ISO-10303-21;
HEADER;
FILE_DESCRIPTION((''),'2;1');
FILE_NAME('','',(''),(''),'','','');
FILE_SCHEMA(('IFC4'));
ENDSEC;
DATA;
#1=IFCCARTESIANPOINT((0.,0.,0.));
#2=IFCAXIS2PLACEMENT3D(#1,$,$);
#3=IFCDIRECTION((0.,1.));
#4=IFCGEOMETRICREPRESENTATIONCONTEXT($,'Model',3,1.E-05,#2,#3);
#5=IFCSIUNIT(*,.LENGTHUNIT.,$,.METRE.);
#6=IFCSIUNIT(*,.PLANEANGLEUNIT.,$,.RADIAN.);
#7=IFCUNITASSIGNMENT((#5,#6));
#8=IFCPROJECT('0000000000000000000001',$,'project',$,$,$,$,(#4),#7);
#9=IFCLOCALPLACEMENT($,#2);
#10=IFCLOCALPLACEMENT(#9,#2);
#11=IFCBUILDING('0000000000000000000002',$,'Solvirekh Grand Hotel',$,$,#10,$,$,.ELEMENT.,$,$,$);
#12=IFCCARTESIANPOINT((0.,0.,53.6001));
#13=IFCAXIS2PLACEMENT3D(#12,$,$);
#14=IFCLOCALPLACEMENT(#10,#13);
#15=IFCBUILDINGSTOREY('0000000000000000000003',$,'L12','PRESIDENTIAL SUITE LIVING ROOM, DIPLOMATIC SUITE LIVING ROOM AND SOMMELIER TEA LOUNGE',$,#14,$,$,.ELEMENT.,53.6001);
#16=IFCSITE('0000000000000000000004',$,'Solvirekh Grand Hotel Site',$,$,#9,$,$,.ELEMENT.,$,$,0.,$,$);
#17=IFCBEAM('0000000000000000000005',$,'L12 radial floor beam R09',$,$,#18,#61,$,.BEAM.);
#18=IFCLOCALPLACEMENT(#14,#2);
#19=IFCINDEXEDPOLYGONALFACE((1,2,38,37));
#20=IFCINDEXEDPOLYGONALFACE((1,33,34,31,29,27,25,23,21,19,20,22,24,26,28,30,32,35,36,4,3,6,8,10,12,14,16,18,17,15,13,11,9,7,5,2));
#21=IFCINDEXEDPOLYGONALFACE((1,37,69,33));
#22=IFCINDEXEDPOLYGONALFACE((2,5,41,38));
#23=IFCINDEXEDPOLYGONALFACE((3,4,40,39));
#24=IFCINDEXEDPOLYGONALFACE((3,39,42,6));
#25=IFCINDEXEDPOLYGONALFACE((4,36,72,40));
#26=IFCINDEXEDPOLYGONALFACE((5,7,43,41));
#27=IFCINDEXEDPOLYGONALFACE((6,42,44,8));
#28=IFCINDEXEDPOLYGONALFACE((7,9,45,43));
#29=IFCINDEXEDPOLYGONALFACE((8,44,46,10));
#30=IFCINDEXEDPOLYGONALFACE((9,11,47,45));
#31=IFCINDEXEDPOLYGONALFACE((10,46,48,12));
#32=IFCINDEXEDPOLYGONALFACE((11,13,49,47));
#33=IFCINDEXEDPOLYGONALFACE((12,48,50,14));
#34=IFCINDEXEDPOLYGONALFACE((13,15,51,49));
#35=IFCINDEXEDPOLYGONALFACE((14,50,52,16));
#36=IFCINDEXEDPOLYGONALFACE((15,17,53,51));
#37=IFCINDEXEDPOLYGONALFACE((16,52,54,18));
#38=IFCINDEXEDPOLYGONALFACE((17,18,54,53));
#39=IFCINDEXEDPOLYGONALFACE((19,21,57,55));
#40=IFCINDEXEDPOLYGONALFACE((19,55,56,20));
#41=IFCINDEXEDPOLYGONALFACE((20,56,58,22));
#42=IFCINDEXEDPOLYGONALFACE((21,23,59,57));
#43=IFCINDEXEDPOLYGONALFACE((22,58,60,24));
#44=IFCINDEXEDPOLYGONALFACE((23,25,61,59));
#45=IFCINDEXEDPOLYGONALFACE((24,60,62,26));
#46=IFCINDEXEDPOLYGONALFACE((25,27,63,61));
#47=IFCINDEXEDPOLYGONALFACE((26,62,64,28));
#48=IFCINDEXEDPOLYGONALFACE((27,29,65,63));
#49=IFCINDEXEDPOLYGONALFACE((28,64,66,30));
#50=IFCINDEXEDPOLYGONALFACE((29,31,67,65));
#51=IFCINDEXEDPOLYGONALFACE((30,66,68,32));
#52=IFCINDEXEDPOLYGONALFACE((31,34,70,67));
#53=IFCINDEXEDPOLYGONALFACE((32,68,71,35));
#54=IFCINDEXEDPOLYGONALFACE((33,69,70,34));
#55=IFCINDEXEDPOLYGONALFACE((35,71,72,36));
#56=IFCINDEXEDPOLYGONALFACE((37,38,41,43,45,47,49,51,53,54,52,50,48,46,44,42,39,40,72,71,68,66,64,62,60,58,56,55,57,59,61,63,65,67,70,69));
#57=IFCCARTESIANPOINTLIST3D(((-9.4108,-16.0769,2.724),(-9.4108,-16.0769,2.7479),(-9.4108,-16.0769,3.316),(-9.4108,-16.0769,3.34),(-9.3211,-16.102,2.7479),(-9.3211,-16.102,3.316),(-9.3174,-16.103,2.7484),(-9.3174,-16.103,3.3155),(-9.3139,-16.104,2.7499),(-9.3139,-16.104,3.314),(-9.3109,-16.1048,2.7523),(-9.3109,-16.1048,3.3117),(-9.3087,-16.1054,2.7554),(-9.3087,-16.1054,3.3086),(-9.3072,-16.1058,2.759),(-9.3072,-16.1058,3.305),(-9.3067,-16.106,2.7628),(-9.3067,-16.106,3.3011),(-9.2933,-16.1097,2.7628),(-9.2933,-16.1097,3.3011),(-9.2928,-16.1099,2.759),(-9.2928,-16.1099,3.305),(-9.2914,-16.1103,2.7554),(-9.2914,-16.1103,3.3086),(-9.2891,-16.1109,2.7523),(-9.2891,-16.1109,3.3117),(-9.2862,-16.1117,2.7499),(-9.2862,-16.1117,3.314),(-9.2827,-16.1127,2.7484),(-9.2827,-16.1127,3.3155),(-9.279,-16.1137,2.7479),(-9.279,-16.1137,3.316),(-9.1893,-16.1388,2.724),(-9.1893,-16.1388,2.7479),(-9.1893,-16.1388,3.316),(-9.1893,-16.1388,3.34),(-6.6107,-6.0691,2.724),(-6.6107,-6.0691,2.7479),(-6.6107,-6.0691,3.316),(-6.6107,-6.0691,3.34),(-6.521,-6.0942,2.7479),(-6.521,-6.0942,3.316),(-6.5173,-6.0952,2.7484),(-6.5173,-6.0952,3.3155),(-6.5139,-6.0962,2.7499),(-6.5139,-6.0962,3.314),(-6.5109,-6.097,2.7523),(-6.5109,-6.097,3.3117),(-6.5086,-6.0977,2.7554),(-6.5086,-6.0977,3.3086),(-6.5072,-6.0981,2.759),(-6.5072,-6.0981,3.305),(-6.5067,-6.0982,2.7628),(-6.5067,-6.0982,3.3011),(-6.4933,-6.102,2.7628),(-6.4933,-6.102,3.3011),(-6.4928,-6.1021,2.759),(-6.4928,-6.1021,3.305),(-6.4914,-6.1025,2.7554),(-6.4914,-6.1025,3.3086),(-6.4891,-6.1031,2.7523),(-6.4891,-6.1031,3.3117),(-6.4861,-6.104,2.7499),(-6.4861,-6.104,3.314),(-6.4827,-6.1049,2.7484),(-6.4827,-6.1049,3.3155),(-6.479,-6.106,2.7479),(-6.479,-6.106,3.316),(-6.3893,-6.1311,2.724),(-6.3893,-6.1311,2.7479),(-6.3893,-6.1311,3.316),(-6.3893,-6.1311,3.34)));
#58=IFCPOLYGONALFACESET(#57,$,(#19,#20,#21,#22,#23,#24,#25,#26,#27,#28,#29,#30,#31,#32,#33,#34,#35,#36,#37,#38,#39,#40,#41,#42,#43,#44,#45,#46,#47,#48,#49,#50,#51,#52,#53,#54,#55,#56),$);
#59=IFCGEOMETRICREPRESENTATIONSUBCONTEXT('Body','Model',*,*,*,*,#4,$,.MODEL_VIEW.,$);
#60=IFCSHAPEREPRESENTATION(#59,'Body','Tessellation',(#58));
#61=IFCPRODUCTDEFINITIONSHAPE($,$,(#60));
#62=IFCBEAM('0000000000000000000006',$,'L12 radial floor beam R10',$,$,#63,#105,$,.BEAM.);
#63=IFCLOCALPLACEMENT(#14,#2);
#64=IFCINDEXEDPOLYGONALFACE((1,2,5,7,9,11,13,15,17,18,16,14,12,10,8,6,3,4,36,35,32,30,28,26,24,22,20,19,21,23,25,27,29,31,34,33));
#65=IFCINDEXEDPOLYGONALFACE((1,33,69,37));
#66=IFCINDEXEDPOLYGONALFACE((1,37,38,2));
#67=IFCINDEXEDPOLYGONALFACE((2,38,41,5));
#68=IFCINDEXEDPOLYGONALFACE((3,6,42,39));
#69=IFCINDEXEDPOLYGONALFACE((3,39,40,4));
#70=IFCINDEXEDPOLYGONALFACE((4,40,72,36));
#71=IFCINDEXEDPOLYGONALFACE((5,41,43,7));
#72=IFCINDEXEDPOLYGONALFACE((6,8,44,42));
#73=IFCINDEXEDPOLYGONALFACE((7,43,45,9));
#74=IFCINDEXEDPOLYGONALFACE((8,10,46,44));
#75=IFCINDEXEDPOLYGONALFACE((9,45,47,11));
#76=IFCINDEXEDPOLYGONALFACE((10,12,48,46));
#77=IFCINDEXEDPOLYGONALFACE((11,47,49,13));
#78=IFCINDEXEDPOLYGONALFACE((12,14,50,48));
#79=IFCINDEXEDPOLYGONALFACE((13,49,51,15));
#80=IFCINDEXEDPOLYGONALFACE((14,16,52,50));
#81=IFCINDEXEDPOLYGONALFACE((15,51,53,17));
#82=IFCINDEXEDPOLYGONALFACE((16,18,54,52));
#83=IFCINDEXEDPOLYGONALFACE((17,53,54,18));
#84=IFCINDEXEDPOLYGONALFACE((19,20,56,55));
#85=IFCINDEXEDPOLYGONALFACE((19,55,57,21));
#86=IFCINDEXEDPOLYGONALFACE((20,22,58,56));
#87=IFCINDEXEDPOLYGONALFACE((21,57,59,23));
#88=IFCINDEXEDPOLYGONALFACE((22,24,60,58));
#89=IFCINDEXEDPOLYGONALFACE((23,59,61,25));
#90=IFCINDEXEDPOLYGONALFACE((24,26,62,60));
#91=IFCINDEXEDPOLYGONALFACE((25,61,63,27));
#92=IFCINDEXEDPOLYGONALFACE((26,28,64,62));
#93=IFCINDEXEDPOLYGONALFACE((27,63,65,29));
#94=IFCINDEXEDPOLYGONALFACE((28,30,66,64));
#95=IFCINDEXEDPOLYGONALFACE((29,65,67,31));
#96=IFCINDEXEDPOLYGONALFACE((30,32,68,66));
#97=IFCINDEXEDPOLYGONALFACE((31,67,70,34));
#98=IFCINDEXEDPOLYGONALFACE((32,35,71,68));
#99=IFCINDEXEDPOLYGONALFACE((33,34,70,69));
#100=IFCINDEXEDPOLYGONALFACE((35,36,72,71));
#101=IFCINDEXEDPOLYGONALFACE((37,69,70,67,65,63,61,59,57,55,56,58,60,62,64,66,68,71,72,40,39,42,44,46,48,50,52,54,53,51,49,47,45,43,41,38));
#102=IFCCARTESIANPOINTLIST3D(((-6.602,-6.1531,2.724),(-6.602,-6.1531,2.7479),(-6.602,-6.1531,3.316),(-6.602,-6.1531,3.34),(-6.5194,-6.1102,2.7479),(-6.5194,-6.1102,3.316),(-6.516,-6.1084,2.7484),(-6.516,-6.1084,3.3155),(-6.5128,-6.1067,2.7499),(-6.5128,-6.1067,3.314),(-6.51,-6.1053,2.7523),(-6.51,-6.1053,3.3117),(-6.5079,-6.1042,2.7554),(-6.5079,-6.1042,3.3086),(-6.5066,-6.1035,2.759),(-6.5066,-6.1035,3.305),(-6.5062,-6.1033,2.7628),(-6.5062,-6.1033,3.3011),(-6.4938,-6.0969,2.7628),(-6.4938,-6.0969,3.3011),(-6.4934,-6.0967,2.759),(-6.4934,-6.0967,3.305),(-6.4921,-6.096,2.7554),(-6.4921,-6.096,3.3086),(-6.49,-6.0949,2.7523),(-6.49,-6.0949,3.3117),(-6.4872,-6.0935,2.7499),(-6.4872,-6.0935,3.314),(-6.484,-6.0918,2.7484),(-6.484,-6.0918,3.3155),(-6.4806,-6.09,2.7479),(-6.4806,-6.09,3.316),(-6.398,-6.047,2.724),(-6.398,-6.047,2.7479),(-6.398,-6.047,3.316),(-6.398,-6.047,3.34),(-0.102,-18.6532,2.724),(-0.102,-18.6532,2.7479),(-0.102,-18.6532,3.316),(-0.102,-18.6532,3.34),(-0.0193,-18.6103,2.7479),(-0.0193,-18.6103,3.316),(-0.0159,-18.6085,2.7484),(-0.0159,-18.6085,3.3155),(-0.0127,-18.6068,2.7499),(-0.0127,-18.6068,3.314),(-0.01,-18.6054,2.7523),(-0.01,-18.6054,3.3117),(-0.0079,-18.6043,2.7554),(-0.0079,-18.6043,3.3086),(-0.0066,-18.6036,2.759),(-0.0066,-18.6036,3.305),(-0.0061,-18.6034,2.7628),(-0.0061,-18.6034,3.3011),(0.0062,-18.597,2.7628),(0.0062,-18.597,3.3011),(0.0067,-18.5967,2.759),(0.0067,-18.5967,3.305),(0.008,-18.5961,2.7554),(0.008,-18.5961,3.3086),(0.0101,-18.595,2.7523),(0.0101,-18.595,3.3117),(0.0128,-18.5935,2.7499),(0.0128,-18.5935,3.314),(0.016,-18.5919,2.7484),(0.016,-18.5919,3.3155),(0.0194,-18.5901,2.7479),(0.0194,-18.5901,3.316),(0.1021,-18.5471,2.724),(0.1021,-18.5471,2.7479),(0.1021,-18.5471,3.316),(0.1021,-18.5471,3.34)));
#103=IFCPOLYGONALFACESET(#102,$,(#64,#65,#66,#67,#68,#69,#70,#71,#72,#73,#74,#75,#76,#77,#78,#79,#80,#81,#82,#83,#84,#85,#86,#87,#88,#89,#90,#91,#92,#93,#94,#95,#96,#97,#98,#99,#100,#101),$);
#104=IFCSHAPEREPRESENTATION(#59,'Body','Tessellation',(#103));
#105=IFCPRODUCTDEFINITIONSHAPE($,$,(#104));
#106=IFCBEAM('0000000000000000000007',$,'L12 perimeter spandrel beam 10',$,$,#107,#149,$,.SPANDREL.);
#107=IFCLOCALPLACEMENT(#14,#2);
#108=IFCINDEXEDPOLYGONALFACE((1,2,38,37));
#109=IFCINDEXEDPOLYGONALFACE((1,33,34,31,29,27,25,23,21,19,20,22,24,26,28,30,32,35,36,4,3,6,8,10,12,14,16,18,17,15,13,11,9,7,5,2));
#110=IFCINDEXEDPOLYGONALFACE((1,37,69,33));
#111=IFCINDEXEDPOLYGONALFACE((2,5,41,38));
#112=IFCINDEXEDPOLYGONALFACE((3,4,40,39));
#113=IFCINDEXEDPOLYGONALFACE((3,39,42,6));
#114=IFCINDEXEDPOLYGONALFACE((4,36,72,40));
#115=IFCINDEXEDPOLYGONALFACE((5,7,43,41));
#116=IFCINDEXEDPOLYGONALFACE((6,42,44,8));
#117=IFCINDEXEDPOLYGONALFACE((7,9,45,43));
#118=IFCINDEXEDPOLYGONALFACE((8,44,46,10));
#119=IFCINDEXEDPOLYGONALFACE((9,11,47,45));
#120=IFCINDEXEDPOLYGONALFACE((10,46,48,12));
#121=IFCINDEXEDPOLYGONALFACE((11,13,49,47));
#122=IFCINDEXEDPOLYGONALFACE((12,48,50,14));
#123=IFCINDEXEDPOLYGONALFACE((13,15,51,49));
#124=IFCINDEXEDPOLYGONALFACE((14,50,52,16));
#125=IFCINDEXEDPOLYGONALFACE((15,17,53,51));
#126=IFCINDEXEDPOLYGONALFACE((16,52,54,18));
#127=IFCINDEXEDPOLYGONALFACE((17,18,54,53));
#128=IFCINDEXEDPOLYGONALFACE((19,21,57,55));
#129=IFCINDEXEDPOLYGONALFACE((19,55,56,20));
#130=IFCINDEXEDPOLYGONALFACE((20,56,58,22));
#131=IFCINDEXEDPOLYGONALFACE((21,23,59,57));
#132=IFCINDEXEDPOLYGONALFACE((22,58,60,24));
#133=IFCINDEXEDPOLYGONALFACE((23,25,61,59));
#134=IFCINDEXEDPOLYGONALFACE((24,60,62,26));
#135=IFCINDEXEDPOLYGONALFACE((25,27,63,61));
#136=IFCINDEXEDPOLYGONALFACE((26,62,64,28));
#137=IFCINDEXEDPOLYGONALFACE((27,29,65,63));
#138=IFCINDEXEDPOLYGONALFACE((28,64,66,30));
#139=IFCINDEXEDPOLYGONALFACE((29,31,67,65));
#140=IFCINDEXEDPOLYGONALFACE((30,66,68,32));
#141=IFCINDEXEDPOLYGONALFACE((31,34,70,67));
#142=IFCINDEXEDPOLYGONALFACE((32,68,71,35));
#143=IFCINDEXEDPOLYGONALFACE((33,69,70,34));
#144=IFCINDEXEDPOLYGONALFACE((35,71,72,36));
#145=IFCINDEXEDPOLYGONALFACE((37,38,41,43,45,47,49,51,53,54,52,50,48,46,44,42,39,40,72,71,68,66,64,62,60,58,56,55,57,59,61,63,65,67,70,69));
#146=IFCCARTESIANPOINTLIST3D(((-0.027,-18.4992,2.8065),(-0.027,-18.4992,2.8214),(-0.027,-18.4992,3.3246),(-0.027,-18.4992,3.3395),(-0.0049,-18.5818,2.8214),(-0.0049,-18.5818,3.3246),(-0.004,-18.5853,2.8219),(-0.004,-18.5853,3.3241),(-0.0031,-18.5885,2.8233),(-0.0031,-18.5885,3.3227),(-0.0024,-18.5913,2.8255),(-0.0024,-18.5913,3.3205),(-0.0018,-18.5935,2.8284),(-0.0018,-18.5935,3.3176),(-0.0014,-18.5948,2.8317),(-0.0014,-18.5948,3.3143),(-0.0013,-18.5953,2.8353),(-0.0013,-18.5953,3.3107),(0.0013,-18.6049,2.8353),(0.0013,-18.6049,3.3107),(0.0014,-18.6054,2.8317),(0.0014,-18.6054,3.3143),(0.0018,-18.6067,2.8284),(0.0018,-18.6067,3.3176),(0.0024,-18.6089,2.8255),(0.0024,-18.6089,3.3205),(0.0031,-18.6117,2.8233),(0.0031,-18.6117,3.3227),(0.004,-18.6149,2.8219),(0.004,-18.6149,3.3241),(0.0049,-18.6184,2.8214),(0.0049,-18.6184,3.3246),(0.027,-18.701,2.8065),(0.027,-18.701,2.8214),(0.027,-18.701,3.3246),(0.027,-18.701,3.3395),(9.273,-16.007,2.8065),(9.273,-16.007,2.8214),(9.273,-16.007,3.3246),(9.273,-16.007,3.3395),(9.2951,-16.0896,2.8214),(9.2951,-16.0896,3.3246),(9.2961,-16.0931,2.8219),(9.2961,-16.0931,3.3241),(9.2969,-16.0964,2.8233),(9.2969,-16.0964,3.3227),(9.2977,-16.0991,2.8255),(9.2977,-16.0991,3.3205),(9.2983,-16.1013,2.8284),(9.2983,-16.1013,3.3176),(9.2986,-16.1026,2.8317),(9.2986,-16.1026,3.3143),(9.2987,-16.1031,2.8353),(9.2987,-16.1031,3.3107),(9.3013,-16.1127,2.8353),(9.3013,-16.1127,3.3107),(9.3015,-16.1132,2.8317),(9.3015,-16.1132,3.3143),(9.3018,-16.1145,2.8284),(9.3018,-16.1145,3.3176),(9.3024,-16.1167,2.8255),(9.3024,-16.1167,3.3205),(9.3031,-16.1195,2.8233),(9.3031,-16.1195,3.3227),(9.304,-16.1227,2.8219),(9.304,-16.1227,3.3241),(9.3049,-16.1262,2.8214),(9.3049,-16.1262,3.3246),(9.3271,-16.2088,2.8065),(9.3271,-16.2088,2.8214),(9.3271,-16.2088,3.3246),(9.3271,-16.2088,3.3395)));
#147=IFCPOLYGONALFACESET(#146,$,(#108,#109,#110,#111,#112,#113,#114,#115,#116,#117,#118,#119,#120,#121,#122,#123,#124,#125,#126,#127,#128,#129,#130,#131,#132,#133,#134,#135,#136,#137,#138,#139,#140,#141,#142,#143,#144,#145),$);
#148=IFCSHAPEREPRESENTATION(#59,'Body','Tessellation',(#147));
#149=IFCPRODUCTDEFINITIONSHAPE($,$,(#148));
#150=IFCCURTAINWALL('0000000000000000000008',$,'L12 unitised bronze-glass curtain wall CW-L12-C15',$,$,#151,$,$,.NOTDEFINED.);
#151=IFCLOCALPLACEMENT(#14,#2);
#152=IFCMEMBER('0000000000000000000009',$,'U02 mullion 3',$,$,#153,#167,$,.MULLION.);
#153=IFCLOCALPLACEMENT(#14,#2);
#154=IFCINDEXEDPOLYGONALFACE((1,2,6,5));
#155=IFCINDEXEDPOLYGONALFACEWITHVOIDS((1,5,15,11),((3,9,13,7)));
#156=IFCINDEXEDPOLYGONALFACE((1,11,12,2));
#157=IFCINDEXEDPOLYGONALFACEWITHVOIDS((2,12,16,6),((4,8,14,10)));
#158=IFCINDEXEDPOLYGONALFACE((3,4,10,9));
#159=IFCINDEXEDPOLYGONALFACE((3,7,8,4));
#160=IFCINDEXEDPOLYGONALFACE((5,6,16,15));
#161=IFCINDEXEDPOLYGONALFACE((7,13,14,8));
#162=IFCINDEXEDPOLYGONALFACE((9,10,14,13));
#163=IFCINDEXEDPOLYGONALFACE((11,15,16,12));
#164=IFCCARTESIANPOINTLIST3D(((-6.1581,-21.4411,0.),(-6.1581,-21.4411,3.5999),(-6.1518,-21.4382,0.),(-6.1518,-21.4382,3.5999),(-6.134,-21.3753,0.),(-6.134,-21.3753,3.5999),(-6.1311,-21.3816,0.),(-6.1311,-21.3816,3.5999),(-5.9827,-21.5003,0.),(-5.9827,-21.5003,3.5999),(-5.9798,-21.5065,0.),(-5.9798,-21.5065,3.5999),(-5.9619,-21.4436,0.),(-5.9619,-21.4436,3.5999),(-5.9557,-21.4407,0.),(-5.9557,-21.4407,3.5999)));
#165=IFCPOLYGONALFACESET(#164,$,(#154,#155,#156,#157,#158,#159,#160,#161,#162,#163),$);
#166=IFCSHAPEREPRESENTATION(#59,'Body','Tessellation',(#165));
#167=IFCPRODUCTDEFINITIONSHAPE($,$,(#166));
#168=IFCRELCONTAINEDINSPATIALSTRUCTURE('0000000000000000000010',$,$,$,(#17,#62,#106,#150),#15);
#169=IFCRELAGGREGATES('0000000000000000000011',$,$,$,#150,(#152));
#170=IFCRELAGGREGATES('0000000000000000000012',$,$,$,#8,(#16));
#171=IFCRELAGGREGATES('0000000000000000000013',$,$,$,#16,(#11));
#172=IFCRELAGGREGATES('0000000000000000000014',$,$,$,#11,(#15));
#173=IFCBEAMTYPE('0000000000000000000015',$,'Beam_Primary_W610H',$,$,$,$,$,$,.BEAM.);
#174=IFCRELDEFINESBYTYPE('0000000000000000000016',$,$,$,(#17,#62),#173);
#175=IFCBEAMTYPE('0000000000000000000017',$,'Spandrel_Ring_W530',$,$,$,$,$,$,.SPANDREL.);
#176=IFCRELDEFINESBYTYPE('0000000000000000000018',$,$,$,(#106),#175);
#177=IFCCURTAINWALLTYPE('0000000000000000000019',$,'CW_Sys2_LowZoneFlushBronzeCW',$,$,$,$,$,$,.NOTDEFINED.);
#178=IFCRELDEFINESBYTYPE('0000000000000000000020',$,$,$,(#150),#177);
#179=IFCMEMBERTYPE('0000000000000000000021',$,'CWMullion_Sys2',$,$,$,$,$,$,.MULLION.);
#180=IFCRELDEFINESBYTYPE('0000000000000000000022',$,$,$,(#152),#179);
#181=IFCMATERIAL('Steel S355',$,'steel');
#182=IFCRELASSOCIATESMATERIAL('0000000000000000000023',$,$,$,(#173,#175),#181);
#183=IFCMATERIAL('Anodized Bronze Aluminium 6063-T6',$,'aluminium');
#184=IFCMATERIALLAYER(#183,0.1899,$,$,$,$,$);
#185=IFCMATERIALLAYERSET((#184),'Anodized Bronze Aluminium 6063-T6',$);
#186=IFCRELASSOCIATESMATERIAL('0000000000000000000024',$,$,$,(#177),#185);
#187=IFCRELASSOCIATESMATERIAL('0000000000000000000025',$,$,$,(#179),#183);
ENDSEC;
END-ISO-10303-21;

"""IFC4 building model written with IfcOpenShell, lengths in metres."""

from ifc_helpers import new_model, si_unit, direction, frame, origin, origin_2d, place, context, subcontext, project, spatial, hollow_rectangle, i_section, extrude, source, transform, mapped, material, layer, layer_set, material_profile, profile_set, type_object, element, aggregate, save


model = new_model("IFC4")

# Units and contexts
model_context = context("Model", 3, precision=1e-05, world=origin(), true_north=direction((0.0, 1.0)))
body_context = subcontext(model_context, "Body", "Model", "MODEL_VIEW")
ifc_project = project(units=[si_unit("LENGTHUNIT", "METRE"), si_unit("PLANEANGLEUNIT", "RADIAN")], contexts=[model_context])

# Site, building, storey
site_placement = place(None, origin())
site = spatial("IfcSite", under=ifc_project, at=site_placement, Name="Solvirekh Grand Hotel Site", CompositionType="ELEMENT", RefElevation=0.0)
building_placement = place(site_placement, origin())
building = spatial("IfcBuilding", under=site, at=building_placement, Name="Solvirekh Grand Hotel", CompositionType="ELEMENT")
storey_placement = place(building_placement, frame((0.0, 0.0, 53.6001)))
storey = spatial("IfcBuildingStorey", under=building, at=storey_placement, Name="L12", Description="PRESIDENTIAL SUITE LIVING ROOM, DIPLOMATIC SUITE LIVING ROOM AND SOMMELIER TEA LOUNGE", CompositionType="ELEMENT", Elevation=53.6001)

# Beams
ifc_material_1 = material(Name="Steel S355", Category="steel")
ifc_material_profile_1 = material_profile(ifc_material_1, i_section(OverallWidth=0.23, OverallDepth=0.616, WebThickness=0.0139, FlangeThickness=0.0239, FilletRadius=0.0149, at=origin_2d()), Name="W610X174")
ifc_profile_set_1 = profile_set([ifc_material_profile_1], Name="Steel S355")
beam_type_1 = type_object("IfcBeamType", Name="Beam_Primary_W610H", PredefinedType="BEAM", material=ifc_profile_set_1)
beam_1_placement = place(storey_placement, frame((-6.5, -6.1001, 3.032), z_axis=(-0.269439, -0.963017, 0.0), x_axis=(0.963017, -0.269439, 0.0)))
element("IfcBeam", 1, at=beam_1_placement, inside=storey, type_object=beam_type_1, Name="L12 radial floor beam R09", PredefinedType="BEAM", context=body_context, shape_type="SweptSolid", body=[
    extrude(i_section(OverallWidth=0.23, OverallDepth=0.616, WebThickness=0.0139, FlangeThickness=0.0239, FilletRadius=0.0149, at=origin_2d()), origin(), (0.0, 0.0, 1.0), 10.3921),
])
beam_2_placement = place(storey_placement, frame((-6.5, -6.1001, 3.032), z_axis=(0.461353, -0.887217, 0.0), x_axis=(0.887217, 0.461353, 0.0)))
element("IfcBeam", 2, at=beam_2_placement, inside=storey, type_object=beam_type_1, Name="L12 radial floor beam R10", PredefinedType="BEAM", context=body_context, shape_type="SweptSolid", body=[
    extrude(i_section(OverallWidth=0.23, OverallDepth=0.616, WebThickness=0.0139, FlangeThickness=0.0239, FilletRadius=0.0149, at=origin_2d()), origin(), (0.0, 0.0, 1.0), 14.0891),
])
ifc_material_profile_2 = material_profile(ifc_material_1, i_section(OverallWidth=0.209, OverallDepth=0.533, WebThickness=0.01, FlangeThickness=0.0149, FilletRadius=0.0139, at=origin_2d()), Name="W530X92")
ifc_profile_set_2 = profile_set([ifc_material_profile_2], Name="Steel S355")
beam_type_2 = type_object("IfcBeamType", Name="Spandrel_Ring_W530", PredefinedType="SPANDREL", material=ifc_profile_set_2)
beam_3_placement = place(storey_placement, frame((0.0, -18.6001, 3.073), z_axis=(0.965919, 0.258843, 0.0), x_axis=(-0.258843, 0.965919, 0.0)))
element("IfcBeam", 3, at=beam_3_placement, inside=storey, type_object=beam_type_2, Name="L12 perimeter spandrel beam 10", PredefinedType="SPANDREL", context=body_context, shape_type="SweptSolid", body=[
    extrude(i_section(OverallWidth=0.209, OverallDepth=0.533, WebThickness=0.01, FlangeThickness=0.0149, FilletRadius=0.0139, at=origin_2d()), origin(), (0.0, 0.0, 1.0), 9.6282),
])

# Curtain wall, member
ifc_material_2 = material(Name="Anodized Bronze Aluminium 6063-T6", Category="aluminium")
ifc_layer_1 = layer(ifc_material_2, 0.1899)
ifc_layer_set_1 = layer_set([ifc_layer_1], Name="Anodized Bronze Aluminium 6063-T6")
curtain_wall_type = type_object("IfcCurtainWallType", Name="CW_Sys2_LowZoneFlushBronzeCW", PredefinedType="NOTDEFINED", material=ifc_layer_set_1)
curtain_wall_placement = place(storey_placement, origin())
curtain_wall = element("IfcCurtainWall", 4, at=curtain_wall_placement, inside=storey, type_object=curtain_wall_type, Name="L12 unitised bronze-glass curtain wall CW-L12-C15", PredefinedType="NOTDEFINED")
ifc_material_profile_3 = material_profile(ifc_material_2, hollow_rectangle(XDim=0.0701, YDim=0.1899, WallThickness=0.0049, at=origin_2d()), Name="ALU RHS 190X70X5")
ifc_profile_set_3 = profile_set([ifc_material_profile_3], Name="Anodized Bronze Aluminium 6063-T6")
member_type = type_object("IfcMemberType", Name="CWMullion_Sys2", PredefinedType="MULLION", material=ifc_profile_set_3)
shared_shape_1 = source(origin(), body_context, "Body", "SweptSolid", [
    extrude(hollow_rectangle(XDim=0.0701, YDim=0.1899, WallThickness=0.0049, at=origin_2d()), origin(), (0.0, 0.0, 1.0), 3.5999),
])
member_placement = place(storey_placement, frame((-6.0569, -21.4409, 0.0), z_axis=(0.0, 0.0, 1.0), x_axis=(0.344471, 0.938797, 0.0)))
member = element("IfcMember", 5, at=member_placement, type_object=member_type, Name="U02 mullion 3", PredefinedType="MULLION", context=body_context, shape_type="MappedRepresentation", body=[
    mapped(shared_shape_1, transform((0.0, 0.0, 0.0), x_axis=(1.0, 0.0, 0.0), y_axis=(0.0, 1.0, 0.0), z_axis=(0.0, 0.0, 1.0), scale=1.0)),
])

aggregate(curtain_wall, [member])

save(model, "model.ifc")
